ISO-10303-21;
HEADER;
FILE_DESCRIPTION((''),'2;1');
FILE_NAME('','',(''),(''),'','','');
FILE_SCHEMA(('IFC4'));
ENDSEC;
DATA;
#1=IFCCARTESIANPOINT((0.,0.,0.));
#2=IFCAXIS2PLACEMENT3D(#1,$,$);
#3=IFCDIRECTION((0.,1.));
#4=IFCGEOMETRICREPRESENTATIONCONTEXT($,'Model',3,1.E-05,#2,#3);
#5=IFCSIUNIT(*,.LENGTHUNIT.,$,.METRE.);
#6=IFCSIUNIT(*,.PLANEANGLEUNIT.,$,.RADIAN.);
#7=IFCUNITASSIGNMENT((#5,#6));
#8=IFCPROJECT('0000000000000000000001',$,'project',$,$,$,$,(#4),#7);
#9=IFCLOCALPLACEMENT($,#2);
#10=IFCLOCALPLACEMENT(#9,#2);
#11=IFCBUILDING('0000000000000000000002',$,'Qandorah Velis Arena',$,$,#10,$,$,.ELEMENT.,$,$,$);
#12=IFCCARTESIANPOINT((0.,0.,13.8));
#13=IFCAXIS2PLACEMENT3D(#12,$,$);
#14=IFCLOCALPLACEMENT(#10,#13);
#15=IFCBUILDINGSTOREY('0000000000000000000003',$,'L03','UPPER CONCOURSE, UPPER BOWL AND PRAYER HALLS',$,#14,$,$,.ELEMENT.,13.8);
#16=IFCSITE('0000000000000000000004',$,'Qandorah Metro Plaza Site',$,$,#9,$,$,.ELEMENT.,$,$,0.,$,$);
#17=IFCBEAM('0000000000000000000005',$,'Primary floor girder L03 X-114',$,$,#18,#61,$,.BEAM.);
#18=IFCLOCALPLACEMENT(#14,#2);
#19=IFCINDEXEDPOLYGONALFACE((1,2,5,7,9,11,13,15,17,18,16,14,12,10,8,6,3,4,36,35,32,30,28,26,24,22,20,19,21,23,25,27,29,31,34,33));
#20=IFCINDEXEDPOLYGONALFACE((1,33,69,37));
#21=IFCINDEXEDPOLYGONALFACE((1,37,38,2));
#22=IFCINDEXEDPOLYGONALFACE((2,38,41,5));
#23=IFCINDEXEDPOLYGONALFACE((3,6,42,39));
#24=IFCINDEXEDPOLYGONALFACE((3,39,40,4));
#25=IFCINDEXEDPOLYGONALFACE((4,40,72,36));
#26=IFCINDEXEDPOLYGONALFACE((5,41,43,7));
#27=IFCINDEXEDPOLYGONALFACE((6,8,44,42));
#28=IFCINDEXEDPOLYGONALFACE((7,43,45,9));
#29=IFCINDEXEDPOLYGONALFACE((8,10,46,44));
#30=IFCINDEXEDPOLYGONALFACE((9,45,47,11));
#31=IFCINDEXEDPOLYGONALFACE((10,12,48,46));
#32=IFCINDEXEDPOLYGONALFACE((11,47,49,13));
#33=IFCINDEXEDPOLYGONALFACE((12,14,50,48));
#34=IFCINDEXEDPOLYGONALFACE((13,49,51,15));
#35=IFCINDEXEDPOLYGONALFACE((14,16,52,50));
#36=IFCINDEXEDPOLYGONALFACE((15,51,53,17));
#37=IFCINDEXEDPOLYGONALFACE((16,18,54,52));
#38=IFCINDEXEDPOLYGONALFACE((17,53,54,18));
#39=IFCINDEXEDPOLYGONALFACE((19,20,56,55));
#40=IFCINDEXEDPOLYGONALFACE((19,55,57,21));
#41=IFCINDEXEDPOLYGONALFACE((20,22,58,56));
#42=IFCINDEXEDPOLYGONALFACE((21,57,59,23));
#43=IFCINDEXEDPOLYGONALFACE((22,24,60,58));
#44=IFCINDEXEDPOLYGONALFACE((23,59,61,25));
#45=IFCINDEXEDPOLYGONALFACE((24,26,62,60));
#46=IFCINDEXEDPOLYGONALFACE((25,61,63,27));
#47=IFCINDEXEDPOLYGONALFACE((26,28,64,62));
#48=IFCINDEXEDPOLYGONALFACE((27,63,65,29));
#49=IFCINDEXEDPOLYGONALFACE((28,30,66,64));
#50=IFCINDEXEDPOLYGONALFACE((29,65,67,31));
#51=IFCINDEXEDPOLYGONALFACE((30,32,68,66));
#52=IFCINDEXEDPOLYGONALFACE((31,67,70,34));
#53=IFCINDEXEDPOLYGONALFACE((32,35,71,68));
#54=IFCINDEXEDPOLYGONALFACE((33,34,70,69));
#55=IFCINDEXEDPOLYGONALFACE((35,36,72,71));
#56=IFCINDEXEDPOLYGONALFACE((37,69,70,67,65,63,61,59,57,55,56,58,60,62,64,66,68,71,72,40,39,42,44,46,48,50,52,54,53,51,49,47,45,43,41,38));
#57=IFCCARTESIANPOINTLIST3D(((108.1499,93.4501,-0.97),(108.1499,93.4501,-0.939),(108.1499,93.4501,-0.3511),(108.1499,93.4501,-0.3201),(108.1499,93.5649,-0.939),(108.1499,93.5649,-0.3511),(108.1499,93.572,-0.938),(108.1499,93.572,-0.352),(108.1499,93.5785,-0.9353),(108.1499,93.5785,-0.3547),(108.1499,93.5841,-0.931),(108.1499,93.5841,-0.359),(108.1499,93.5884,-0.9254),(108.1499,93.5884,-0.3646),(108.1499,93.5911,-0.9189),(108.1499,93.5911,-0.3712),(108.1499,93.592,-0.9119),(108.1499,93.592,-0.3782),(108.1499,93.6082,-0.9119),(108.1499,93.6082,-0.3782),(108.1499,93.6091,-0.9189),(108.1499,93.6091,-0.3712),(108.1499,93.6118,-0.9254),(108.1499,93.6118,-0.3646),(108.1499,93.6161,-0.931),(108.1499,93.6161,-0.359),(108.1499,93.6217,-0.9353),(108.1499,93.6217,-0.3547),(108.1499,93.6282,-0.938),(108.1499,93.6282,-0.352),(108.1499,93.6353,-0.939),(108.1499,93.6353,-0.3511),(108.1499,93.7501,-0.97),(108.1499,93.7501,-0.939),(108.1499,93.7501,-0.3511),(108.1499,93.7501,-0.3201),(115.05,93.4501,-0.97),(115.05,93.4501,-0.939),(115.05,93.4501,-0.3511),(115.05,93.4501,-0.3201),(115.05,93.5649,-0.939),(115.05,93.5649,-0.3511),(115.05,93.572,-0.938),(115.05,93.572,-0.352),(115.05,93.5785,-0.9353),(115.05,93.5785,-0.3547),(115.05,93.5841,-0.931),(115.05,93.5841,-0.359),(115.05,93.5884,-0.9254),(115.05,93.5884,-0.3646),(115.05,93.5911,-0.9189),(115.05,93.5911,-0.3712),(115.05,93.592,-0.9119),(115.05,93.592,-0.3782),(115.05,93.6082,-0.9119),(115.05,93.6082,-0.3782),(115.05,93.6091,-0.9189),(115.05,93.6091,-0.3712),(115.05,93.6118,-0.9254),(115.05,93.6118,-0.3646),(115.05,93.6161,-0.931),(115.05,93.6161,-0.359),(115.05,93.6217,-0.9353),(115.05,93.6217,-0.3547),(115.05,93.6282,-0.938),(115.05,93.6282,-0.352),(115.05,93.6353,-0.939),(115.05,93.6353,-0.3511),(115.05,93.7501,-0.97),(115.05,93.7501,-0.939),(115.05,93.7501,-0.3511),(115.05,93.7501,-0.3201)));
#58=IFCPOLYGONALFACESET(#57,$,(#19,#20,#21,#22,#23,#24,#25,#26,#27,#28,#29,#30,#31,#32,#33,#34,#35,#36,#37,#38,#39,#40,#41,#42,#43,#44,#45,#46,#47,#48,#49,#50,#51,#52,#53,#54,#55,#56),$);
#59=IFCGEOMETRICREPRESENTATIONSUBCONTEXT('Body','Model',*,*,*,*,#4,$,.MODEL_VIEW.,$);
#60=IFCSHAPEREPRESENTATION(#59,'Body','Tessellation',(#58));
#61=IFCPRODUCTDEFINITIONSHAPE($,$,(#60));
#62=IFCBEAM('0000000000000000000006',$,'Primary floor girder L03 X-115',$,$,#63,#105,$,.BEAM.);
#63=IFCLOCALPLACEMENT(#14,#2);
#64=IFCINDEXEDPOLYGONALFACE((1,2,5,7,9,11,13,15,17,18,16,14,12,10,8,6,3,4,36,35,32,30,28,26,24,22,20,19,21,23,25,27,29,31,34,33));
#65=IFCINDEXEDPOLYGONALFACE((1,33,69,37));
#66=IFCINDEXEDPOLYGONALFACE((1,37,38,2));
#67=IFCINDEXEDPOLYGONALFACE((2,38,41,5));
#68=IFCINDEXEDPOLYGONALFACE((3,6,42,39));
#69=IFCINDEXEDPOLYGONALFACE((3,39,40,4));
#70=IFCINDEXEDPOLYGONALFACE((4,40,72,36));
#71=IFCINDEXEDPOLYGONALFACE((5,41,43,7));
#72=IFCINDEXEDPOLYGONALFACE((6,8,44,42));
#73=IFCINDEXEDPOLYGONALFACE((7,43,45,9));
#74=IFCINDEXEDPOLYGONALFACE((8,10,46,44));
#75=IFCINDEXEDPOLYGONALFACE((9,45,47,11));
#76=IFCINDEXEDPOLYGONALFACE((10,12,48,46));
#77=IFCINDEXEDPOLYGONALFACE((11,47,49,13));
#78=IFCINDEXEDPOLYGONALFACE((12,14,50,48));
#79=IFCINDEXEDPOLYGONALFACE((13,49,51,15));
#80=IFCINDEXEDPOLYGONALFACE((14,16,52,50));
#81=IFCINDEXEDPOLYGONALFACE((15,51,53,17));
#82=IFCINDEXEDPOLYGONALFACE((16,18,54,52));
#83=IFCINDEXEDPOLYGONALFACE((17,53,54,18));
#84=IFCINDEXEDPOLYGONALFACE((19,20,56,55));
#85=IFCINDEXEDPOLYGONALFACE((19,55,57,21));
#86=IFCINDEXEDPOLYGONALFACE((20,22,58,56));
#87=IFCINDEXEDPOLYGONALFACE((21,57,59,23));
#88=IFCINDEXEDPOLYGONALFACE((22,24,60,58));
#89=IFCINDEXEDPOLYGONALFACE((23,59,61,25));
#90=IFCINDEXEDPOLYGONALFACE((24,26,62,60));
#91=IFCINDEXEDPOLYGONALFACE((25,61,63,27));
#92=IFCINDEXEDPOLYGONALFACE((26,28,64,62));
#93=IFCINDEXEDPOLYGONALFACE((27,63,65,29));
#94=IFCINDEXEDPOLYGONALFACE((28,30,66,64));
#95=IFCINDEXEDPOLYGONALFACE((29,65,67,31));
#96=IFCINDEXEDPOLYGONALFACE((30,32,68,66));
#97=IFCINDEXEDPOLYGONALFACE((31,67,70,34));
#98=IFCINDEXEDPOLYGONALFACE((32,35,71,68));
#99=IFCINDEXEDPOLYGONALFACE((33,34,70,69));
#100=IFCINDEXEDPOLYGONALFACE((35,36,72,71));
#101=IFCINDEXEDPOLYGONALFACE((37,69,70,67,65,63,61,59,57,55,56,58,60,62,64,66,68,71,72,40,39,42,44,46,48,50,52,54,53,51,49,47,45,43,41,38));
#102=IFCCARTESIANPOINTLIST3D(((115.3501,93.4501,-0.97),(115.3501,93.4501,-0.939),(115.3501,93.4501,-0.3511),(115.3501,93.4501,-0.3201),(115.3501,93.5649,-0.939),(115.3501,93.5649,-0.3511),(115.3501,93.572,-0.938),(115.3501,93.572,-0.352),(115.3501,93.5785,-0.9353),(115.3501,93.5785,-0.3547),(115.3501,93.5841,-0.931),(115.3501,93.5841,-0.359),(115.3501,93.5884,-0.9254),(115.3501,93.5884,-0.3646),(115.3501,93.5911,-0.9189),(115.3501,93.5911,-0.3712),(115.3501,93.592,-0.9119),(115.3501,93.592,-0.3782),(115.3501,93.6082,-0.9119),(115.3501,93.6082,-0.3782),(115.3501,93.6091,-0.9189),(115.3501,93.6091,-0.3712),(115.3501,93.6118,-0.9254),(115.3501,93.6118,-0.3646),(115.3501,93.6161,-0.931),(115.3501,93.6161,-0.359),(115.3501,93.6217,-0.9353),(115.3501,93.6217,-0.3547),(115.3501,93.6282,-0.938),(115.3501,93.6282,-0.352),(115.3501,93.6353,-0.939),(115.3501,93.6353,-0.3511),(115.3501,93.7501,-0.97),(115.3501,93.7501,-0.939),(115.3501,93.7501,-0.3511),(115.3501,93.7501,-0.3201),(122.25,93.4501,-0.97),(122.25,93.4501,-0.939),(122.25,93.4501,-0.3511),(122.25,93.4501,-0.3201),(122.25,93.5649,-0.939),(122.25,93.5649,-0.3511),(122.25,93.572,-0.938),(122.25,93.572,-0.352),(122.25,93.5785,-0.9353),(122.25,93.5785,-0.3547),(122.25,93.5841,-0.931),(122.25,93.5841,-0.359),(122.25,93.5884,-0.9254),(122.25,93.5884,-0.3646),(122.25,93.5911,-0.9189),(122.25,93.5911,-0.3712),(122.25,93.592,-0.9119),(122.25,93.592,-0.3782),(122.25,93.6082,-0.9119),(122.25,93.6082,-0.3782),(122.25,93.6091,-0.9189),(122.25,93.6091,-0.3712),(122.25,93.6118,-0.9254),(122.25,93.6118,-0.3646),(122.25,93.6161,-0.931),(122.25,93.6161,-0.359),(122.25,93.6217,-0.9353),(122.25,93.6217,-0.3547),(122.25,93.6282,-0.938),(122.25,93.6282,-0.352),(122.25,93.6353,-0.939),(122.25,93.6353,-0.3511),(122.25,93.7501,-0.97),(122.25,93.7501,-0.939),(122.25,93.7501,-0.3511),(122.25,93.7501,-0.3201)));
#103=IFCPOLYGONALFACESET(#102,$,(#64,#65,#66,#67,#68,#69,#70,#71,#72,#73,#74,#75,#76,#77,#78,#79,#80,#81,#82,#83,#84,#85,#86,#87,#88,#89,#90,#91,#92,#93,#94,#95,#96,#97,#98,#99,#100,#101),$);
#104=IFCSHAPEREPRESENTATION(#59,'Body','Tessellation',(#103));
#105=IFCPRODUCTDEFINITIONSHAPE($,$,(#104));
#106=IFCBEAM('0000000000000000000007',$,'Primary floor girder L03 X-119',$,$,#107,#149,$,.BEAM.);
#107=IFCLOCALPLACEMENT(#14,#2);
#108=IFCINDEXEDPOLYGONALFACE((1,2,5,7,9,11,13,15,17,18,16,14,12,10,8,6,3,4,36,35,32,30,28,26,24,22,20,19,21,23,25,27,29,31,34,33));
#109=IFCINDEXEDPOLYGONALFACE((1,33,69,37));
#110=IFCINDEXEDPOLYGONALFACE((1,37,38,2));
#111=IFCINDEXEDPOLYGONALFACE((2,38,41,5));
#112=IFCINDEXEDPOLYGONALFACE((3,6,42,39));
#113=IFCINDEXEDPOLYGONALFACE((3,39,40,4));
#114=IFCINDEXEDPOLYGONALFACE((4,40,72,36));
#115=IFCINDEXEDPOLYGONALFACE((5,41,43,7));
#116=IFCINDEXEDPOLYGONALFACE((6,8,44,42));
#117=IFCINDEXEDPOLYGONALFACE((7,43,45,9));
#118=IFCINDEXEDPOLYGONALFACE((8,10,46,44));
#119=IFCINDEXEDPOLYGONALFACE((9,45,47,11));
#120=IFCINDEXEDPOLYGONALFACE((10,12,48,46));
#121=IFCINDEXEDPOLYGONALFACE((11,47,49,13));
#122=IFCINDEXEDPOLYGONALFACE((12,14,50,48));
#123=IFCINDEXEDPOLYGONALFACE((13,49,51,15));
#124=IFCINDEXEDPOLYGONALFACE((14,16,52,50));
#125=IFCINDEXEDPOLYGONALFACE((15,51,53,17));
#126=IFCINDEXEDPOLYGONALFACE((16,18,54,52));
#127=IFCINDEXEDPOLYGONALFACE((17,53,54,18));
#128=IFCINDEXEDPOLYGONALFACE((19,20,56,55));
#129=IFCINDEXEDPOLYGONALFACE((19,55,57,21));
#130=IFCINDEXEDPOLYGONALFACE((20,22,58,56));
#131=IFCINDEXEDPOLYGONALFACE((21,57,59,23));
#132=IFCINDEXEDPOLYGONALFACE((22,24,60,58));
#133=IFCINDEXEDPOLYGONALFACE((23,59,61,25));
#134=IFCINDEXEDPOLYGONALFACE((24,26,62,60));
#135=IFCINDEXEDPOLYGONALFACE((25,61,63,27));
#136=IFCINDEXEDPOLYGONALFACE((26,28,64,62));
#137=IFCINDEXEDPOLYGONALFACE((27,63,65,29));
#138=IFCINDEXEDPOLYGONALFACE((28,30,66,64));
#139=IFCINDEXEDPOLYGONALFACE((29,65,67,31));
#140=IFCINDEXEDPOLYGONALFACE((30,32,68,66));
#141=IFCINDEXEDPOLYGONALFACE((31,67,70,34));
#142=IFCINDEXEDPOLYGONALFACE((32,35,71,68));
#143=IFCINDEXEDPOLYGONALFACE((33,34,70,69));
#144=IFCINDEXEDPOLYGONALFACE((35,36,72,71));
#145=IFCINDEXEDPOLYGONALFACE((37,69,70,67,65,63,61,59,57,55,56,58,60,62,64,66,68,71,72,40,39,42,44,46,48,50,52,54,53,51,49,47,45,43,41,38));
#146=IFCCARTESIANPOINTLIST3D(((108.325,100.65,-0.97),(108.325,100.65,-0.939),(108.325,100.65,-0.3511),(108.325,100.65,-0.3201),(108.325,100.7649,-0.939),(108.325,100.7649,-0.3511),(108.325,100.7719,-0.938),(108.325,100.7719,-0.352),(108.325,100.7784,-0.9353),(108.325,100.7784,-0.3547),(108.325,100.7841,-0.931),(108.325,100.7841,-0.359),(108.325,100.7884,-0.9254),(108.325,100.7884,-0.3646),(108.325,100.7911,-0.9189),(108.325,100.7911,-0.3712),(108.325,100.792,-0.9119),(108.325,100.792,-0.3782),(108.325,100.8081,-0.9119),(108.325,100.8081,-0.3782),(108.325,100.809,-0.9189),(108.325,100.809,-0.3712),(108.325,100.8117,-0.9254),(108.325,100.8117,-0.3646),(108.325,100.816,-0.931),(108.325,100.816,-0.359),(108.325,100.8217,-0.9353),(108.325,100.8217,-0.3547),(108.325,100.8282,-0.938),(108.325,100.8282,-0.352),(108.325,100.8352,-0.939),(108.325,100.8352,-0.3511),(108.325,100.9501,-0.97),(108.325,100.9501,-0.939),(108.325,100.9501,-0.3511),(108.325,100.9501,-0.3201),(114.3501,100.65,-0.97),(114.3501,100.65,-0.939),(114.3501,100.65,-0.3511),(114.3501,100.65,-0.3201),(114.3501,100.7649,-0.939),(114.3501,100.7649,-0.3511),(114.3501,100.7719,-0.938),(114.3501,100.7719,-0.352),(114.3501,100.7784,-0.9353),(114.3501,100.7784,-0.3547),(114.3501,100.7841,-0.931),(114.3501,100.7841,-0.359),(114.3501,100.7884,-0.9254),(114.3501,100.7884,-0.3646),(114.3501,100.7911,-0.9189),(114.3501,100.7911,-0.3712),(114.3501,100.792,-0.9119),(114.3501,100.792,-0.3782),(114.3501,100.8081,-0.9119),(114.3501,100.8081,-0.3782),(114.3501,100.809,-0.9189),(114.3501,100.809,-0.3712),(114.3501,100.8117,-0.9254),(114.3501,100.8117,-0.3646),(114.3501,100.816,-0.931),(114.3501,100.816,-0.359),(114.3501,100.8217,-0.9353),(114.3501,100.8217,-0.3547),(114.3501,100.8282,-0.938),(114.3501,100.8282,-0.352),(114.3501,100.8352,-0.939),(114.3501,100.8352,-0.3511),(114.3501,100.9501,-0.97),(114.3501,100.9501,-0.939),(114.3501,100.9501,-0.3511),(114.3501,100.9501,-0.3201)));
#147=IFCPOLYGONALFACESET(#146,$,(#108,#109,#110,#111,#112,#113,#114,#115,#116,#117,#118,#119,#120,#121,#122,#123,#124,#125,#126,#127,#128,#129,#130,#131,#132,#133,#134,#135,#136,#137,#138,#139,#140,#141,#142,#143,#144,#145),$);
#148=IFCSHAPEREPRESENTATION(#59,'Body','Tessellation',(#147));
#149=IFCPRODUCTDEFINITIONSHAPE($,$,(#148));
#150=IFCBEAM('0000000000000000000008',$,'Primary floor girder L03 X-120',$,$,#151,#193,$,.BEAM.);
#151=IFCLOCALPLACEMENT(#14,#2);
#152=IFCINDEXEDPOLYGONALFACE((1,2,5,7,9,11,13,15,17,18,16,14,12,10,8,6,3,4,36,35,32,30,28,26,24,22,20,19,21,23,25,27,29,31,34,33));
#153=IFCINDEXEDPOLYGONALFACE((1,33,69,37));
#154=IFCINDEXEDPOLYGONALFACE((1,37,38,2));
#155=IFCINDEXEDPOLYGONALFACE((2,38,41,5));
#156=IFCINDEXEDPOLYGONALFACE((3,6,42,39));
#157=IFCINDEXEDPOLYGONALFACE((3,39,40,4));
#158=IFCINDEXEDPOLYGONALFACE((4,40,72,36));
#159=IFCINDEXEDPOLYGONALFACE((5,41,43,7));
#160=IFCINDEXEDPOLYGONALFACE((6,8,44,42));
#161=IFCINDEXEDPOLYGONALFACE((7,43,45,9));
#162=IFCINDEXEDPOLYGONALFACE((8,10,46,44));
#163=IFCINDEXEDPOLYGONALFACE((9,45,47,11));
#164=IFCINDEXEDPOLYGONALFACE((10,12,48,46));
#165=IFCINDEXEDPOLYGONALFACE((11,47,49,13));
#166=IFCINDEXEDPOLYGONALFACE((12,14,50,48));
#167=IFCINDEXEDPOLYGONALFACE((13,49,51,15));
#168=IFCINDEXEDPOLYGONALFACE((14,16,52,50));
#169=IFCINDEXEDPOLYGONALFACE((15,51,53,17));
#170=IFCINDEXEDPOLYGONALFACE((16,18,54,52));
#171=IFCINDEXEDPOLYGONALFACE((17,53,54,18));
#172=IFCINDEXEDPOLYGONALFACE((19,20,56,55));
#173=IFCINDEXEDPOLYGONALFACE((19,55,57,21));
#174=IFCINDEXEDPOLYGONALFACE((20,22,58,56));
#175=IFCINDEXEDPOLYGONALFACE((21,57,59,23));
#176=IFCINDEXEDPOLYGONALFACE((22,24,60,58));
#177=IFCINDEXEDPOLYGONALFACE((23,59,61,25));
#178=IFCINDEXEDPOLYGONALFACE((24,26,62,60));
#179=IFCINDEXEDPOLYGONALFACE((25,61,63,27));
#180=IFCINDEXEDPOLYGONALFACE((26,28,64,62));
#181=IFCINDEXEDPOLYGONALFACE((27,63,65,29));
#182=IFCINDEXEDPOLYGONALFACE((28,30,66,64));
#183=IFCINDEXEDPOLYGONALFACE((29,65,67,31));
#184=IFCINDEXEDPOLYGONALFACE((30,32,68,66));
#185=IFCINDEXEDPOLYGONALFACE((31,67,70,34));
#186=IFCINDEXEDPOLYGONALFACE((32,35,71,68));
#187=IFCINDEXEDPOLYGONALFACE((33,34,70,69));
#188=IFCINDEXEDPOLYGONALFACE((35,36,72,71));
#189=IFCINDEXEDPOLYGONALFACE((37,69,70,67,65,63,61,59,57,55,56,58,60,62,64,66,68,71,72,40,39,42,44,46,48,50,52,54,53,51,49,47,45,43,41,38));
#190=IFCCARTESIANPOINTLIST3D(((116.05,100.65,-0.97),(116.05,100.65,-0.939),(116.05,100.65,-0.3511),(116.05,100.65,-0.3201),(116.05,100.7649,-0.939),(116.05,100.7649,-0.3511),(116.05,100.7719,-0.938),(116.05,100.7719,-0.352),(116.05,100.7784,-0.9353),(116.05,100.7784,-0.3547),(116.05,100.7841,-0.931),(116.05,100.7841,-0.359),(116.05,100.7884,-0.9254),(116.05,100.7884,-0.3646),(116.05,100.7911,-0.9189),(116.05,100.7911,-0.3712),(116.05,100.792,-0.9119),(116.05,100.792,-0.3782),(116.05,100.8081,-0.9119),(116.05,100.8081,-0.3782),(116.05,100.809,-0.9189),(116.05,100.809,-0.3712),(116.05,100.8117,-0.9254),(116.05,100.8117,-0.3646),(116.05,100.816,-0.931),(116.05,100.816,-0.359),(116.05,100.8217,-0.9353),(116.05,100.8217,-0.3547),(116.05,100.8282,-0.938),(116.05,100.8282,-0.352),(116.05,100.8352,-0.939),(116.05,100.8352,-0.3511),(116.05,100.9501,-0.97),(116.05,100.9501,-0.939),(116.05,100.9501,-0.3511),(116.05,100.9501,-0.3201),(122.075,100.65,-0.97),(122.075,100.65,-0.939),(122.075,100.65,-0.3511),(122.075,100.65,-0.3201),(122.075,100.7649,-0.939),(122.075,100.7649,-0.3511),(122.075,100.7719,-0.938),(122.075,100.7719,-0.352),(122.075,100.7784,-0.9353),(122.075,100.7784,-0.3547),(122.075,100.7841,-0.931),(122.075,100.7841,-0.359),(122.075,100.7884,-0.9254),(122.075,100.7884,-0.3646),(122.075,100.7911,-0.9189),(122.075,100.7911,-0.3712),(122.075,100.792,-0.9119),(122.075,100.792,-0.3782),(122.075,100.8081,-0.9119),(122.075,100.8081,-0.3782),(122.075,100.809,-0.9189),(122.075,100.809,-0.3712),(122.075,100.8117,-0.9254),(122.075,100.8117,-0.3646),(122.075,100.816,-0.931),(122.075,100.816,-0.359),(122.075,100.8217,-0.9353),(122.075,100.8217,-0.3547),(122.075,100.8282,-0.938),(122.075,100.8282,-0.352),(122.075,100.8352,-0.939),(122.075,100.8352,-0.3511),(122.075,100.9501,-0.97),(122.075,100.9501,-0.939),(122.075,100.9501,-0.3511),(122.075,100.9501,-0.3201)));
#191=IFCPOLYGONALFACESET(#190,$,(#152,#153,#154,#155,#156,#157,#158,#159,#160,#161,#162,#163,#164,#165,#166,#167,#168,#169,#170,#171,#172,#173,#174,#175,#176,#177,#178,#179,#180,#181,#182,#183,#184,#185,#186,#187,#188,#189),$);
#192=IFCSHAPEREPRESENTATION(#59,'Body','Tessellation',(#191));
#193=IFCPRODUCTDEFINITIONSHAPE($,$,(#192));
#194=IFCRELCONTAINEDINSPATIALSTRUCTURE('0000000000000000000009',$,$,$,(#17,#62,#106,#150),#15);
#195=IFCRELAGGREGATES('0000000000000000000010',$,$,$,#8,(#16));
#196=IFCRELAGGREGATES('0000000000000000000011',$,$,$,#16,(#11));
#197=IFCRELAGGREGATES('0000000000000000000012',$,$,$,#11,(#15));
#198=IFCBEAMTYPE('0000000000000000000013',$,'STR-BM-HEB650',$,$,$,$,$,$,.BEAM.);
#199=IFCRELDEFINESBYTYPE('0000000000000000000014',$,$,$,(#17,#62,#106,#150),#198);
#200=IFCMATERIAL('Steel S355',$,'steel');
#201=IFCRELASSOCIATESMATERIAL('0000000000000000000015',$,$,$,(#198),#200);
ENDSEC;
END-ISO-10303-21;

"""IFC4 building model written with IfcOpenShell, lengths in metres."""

from ifc_helpers import new_model, si_unit, direction, frame, origin, origin_2d, place, context, subcontext, project, spatial, i_section, extrude, material, material_profile, profile_set, type_object, element, save


model = new_model("IFC4")

# Units and contexts
model_context = context("Model", 3, precision=1e-05, world=origin(), true_north=direction((0.0, 1.0)))
body_context = subcontext(model_context, "Body", "Model", "MODEL_VIEW")
ifc_project = project(units=[si_unit("LENGTHUNIT", "METRE"), si_unit("PLANEANGLEUNIT", "RADIAN")], contexts=[model_context])

# Site, building, storey
site_placement = place(None, origin())
site = spatial("IfcSite", under=ifc_project, at=site_placement, Name="Qandorah Metro Plaza Site", CompositionType="ELEMENT", RefElevation=0.0)
building_placement = place(site_placement, origin())
building = spatial("IfcBuilding", under=site, at=building_placement, Name="Qandorah Velis Arena", CompositionType="ELEMENT")
storey_placement = place(building_placement, frame((0.0, 0.0, 13.8)))
storey = spatial("IfcBuildingStorey", under=building, at=storey_placement, Name="L03", Description="UPPER CONCOURSE, UPPER BOWL AND PRAYER HALLS", CompositionType="ELEMENT", Elevation=13.8)

# Beams
ifc_material_1 = material(Name="Steel S355", Category="steel")
ifc_material_profile_1 = material_profile(ifc_material_1, i_section(OverallWidth=0.3, OverallDepth=0.6499, WebThickness=0.0161, FlangeThickness=0.031, FilletRadius=0.0271, at=origin_2d()), Name="HEB 650")
ifc_profile_set_1 = profile_set([ifc_material_profile_1], Name="Steel S355")
beam_type_1 = type_object("IfcBeamType", Name="STR-BM-HEB650", PredefinedType="BEAM", material=ifc_profile_set_1)
beam_1_placement = place(storey_placement, frame((108.1499, 93.6001, -0.645), z_axis=(1.0, 0.0, 0.0), x_axis=(0.0, 1.0, 0.0)))
element("IfcBeam", 1, at=beam_1_placement, inside=storey, type_object=beam_type_1, Name="Primary floor girder L03 X-114", PredefinedType="BEAM", context=body_context, shape_type="SweptSolid", body=[
    extrude(i_section(OverallWidth=0.3, OverallDepth=0.6499, WebThickness=0.0161, FlangeThickness=0.031, FilletRadius=0.0271, at=origin_2d()), origin(), (0.0, 0.0, 1.0), 6.9001),
])
beam_2_placement = place(storey_placement, frame((115.3501, 93.6001, -0.645), z_axis=(1.0, 0.0, 0.0), x_axis=(0.0, 1.0, 0.0)))
element("IfcBeam", 2, at=beam_2_placement, inside=storey, type_object=beam_type_1, Name="Primary floor girder L03 X-115", PredefinedType="BEAM", context=body_context, shape_type="SweptSolid", body=[
    extrude(i_section(OverallWidth=0.3, OverallDepth=0.6499, WebThickness=0.0161, FlangeThickness=0.031, FilletRadius=0.0271, at=origin_2d()), origin(), (0.0, 0.0, 1.0), 6.8999),
])
beam_3_placement = place(storey_placement, frame((108.325, 100.8, -0.645), z_axis=(1.0, 0.0, 0.0), x_axis=(0.0, 1.0, 0.0)))
element("IfcBeam", 3, at=beam_3_placement, inside=storey, type_object=beam_type_1, Name="Primary floor girder L03 X-119", PredefinedType="BEAM", context=body_context, shape_type="SweptSolid", body=[
    extrude(i_section(OverallWidth=0.3, OverallDepth=0.6499, WebThickness=0.0161, FlangeThickness=0.031, FilletRadius=0.0271, at=origin_2d()), origin(), (0.0, 0.0, 1.0), 6.0251),
])
beam_4_placement = place(storey_placement, frame((116.05, 100.8, -0.645), z_axis=(1.0, 0.0, 0.0), x_axis=(0.0, 1.0, 0.0)))
element("IfcBeam", 4, at=beam_4_placement, inside=storey, type_object=beam_type_1, Name="Primary floor girder L03 X-120", PredefinedType="BEAM", context=body_context, shape_type="SweptSolid", body=[
    extrude(i_section(OverallWidth=0.3, OverallDepth=0.6499, WebThickness=0.0161, FlangeThickness=0.031, FilletRadius=0.0271, at=origin_2d()), origin(), (0.0, 0.0, 1.0), 6.0249),
])

save(model, "model.ifc")
